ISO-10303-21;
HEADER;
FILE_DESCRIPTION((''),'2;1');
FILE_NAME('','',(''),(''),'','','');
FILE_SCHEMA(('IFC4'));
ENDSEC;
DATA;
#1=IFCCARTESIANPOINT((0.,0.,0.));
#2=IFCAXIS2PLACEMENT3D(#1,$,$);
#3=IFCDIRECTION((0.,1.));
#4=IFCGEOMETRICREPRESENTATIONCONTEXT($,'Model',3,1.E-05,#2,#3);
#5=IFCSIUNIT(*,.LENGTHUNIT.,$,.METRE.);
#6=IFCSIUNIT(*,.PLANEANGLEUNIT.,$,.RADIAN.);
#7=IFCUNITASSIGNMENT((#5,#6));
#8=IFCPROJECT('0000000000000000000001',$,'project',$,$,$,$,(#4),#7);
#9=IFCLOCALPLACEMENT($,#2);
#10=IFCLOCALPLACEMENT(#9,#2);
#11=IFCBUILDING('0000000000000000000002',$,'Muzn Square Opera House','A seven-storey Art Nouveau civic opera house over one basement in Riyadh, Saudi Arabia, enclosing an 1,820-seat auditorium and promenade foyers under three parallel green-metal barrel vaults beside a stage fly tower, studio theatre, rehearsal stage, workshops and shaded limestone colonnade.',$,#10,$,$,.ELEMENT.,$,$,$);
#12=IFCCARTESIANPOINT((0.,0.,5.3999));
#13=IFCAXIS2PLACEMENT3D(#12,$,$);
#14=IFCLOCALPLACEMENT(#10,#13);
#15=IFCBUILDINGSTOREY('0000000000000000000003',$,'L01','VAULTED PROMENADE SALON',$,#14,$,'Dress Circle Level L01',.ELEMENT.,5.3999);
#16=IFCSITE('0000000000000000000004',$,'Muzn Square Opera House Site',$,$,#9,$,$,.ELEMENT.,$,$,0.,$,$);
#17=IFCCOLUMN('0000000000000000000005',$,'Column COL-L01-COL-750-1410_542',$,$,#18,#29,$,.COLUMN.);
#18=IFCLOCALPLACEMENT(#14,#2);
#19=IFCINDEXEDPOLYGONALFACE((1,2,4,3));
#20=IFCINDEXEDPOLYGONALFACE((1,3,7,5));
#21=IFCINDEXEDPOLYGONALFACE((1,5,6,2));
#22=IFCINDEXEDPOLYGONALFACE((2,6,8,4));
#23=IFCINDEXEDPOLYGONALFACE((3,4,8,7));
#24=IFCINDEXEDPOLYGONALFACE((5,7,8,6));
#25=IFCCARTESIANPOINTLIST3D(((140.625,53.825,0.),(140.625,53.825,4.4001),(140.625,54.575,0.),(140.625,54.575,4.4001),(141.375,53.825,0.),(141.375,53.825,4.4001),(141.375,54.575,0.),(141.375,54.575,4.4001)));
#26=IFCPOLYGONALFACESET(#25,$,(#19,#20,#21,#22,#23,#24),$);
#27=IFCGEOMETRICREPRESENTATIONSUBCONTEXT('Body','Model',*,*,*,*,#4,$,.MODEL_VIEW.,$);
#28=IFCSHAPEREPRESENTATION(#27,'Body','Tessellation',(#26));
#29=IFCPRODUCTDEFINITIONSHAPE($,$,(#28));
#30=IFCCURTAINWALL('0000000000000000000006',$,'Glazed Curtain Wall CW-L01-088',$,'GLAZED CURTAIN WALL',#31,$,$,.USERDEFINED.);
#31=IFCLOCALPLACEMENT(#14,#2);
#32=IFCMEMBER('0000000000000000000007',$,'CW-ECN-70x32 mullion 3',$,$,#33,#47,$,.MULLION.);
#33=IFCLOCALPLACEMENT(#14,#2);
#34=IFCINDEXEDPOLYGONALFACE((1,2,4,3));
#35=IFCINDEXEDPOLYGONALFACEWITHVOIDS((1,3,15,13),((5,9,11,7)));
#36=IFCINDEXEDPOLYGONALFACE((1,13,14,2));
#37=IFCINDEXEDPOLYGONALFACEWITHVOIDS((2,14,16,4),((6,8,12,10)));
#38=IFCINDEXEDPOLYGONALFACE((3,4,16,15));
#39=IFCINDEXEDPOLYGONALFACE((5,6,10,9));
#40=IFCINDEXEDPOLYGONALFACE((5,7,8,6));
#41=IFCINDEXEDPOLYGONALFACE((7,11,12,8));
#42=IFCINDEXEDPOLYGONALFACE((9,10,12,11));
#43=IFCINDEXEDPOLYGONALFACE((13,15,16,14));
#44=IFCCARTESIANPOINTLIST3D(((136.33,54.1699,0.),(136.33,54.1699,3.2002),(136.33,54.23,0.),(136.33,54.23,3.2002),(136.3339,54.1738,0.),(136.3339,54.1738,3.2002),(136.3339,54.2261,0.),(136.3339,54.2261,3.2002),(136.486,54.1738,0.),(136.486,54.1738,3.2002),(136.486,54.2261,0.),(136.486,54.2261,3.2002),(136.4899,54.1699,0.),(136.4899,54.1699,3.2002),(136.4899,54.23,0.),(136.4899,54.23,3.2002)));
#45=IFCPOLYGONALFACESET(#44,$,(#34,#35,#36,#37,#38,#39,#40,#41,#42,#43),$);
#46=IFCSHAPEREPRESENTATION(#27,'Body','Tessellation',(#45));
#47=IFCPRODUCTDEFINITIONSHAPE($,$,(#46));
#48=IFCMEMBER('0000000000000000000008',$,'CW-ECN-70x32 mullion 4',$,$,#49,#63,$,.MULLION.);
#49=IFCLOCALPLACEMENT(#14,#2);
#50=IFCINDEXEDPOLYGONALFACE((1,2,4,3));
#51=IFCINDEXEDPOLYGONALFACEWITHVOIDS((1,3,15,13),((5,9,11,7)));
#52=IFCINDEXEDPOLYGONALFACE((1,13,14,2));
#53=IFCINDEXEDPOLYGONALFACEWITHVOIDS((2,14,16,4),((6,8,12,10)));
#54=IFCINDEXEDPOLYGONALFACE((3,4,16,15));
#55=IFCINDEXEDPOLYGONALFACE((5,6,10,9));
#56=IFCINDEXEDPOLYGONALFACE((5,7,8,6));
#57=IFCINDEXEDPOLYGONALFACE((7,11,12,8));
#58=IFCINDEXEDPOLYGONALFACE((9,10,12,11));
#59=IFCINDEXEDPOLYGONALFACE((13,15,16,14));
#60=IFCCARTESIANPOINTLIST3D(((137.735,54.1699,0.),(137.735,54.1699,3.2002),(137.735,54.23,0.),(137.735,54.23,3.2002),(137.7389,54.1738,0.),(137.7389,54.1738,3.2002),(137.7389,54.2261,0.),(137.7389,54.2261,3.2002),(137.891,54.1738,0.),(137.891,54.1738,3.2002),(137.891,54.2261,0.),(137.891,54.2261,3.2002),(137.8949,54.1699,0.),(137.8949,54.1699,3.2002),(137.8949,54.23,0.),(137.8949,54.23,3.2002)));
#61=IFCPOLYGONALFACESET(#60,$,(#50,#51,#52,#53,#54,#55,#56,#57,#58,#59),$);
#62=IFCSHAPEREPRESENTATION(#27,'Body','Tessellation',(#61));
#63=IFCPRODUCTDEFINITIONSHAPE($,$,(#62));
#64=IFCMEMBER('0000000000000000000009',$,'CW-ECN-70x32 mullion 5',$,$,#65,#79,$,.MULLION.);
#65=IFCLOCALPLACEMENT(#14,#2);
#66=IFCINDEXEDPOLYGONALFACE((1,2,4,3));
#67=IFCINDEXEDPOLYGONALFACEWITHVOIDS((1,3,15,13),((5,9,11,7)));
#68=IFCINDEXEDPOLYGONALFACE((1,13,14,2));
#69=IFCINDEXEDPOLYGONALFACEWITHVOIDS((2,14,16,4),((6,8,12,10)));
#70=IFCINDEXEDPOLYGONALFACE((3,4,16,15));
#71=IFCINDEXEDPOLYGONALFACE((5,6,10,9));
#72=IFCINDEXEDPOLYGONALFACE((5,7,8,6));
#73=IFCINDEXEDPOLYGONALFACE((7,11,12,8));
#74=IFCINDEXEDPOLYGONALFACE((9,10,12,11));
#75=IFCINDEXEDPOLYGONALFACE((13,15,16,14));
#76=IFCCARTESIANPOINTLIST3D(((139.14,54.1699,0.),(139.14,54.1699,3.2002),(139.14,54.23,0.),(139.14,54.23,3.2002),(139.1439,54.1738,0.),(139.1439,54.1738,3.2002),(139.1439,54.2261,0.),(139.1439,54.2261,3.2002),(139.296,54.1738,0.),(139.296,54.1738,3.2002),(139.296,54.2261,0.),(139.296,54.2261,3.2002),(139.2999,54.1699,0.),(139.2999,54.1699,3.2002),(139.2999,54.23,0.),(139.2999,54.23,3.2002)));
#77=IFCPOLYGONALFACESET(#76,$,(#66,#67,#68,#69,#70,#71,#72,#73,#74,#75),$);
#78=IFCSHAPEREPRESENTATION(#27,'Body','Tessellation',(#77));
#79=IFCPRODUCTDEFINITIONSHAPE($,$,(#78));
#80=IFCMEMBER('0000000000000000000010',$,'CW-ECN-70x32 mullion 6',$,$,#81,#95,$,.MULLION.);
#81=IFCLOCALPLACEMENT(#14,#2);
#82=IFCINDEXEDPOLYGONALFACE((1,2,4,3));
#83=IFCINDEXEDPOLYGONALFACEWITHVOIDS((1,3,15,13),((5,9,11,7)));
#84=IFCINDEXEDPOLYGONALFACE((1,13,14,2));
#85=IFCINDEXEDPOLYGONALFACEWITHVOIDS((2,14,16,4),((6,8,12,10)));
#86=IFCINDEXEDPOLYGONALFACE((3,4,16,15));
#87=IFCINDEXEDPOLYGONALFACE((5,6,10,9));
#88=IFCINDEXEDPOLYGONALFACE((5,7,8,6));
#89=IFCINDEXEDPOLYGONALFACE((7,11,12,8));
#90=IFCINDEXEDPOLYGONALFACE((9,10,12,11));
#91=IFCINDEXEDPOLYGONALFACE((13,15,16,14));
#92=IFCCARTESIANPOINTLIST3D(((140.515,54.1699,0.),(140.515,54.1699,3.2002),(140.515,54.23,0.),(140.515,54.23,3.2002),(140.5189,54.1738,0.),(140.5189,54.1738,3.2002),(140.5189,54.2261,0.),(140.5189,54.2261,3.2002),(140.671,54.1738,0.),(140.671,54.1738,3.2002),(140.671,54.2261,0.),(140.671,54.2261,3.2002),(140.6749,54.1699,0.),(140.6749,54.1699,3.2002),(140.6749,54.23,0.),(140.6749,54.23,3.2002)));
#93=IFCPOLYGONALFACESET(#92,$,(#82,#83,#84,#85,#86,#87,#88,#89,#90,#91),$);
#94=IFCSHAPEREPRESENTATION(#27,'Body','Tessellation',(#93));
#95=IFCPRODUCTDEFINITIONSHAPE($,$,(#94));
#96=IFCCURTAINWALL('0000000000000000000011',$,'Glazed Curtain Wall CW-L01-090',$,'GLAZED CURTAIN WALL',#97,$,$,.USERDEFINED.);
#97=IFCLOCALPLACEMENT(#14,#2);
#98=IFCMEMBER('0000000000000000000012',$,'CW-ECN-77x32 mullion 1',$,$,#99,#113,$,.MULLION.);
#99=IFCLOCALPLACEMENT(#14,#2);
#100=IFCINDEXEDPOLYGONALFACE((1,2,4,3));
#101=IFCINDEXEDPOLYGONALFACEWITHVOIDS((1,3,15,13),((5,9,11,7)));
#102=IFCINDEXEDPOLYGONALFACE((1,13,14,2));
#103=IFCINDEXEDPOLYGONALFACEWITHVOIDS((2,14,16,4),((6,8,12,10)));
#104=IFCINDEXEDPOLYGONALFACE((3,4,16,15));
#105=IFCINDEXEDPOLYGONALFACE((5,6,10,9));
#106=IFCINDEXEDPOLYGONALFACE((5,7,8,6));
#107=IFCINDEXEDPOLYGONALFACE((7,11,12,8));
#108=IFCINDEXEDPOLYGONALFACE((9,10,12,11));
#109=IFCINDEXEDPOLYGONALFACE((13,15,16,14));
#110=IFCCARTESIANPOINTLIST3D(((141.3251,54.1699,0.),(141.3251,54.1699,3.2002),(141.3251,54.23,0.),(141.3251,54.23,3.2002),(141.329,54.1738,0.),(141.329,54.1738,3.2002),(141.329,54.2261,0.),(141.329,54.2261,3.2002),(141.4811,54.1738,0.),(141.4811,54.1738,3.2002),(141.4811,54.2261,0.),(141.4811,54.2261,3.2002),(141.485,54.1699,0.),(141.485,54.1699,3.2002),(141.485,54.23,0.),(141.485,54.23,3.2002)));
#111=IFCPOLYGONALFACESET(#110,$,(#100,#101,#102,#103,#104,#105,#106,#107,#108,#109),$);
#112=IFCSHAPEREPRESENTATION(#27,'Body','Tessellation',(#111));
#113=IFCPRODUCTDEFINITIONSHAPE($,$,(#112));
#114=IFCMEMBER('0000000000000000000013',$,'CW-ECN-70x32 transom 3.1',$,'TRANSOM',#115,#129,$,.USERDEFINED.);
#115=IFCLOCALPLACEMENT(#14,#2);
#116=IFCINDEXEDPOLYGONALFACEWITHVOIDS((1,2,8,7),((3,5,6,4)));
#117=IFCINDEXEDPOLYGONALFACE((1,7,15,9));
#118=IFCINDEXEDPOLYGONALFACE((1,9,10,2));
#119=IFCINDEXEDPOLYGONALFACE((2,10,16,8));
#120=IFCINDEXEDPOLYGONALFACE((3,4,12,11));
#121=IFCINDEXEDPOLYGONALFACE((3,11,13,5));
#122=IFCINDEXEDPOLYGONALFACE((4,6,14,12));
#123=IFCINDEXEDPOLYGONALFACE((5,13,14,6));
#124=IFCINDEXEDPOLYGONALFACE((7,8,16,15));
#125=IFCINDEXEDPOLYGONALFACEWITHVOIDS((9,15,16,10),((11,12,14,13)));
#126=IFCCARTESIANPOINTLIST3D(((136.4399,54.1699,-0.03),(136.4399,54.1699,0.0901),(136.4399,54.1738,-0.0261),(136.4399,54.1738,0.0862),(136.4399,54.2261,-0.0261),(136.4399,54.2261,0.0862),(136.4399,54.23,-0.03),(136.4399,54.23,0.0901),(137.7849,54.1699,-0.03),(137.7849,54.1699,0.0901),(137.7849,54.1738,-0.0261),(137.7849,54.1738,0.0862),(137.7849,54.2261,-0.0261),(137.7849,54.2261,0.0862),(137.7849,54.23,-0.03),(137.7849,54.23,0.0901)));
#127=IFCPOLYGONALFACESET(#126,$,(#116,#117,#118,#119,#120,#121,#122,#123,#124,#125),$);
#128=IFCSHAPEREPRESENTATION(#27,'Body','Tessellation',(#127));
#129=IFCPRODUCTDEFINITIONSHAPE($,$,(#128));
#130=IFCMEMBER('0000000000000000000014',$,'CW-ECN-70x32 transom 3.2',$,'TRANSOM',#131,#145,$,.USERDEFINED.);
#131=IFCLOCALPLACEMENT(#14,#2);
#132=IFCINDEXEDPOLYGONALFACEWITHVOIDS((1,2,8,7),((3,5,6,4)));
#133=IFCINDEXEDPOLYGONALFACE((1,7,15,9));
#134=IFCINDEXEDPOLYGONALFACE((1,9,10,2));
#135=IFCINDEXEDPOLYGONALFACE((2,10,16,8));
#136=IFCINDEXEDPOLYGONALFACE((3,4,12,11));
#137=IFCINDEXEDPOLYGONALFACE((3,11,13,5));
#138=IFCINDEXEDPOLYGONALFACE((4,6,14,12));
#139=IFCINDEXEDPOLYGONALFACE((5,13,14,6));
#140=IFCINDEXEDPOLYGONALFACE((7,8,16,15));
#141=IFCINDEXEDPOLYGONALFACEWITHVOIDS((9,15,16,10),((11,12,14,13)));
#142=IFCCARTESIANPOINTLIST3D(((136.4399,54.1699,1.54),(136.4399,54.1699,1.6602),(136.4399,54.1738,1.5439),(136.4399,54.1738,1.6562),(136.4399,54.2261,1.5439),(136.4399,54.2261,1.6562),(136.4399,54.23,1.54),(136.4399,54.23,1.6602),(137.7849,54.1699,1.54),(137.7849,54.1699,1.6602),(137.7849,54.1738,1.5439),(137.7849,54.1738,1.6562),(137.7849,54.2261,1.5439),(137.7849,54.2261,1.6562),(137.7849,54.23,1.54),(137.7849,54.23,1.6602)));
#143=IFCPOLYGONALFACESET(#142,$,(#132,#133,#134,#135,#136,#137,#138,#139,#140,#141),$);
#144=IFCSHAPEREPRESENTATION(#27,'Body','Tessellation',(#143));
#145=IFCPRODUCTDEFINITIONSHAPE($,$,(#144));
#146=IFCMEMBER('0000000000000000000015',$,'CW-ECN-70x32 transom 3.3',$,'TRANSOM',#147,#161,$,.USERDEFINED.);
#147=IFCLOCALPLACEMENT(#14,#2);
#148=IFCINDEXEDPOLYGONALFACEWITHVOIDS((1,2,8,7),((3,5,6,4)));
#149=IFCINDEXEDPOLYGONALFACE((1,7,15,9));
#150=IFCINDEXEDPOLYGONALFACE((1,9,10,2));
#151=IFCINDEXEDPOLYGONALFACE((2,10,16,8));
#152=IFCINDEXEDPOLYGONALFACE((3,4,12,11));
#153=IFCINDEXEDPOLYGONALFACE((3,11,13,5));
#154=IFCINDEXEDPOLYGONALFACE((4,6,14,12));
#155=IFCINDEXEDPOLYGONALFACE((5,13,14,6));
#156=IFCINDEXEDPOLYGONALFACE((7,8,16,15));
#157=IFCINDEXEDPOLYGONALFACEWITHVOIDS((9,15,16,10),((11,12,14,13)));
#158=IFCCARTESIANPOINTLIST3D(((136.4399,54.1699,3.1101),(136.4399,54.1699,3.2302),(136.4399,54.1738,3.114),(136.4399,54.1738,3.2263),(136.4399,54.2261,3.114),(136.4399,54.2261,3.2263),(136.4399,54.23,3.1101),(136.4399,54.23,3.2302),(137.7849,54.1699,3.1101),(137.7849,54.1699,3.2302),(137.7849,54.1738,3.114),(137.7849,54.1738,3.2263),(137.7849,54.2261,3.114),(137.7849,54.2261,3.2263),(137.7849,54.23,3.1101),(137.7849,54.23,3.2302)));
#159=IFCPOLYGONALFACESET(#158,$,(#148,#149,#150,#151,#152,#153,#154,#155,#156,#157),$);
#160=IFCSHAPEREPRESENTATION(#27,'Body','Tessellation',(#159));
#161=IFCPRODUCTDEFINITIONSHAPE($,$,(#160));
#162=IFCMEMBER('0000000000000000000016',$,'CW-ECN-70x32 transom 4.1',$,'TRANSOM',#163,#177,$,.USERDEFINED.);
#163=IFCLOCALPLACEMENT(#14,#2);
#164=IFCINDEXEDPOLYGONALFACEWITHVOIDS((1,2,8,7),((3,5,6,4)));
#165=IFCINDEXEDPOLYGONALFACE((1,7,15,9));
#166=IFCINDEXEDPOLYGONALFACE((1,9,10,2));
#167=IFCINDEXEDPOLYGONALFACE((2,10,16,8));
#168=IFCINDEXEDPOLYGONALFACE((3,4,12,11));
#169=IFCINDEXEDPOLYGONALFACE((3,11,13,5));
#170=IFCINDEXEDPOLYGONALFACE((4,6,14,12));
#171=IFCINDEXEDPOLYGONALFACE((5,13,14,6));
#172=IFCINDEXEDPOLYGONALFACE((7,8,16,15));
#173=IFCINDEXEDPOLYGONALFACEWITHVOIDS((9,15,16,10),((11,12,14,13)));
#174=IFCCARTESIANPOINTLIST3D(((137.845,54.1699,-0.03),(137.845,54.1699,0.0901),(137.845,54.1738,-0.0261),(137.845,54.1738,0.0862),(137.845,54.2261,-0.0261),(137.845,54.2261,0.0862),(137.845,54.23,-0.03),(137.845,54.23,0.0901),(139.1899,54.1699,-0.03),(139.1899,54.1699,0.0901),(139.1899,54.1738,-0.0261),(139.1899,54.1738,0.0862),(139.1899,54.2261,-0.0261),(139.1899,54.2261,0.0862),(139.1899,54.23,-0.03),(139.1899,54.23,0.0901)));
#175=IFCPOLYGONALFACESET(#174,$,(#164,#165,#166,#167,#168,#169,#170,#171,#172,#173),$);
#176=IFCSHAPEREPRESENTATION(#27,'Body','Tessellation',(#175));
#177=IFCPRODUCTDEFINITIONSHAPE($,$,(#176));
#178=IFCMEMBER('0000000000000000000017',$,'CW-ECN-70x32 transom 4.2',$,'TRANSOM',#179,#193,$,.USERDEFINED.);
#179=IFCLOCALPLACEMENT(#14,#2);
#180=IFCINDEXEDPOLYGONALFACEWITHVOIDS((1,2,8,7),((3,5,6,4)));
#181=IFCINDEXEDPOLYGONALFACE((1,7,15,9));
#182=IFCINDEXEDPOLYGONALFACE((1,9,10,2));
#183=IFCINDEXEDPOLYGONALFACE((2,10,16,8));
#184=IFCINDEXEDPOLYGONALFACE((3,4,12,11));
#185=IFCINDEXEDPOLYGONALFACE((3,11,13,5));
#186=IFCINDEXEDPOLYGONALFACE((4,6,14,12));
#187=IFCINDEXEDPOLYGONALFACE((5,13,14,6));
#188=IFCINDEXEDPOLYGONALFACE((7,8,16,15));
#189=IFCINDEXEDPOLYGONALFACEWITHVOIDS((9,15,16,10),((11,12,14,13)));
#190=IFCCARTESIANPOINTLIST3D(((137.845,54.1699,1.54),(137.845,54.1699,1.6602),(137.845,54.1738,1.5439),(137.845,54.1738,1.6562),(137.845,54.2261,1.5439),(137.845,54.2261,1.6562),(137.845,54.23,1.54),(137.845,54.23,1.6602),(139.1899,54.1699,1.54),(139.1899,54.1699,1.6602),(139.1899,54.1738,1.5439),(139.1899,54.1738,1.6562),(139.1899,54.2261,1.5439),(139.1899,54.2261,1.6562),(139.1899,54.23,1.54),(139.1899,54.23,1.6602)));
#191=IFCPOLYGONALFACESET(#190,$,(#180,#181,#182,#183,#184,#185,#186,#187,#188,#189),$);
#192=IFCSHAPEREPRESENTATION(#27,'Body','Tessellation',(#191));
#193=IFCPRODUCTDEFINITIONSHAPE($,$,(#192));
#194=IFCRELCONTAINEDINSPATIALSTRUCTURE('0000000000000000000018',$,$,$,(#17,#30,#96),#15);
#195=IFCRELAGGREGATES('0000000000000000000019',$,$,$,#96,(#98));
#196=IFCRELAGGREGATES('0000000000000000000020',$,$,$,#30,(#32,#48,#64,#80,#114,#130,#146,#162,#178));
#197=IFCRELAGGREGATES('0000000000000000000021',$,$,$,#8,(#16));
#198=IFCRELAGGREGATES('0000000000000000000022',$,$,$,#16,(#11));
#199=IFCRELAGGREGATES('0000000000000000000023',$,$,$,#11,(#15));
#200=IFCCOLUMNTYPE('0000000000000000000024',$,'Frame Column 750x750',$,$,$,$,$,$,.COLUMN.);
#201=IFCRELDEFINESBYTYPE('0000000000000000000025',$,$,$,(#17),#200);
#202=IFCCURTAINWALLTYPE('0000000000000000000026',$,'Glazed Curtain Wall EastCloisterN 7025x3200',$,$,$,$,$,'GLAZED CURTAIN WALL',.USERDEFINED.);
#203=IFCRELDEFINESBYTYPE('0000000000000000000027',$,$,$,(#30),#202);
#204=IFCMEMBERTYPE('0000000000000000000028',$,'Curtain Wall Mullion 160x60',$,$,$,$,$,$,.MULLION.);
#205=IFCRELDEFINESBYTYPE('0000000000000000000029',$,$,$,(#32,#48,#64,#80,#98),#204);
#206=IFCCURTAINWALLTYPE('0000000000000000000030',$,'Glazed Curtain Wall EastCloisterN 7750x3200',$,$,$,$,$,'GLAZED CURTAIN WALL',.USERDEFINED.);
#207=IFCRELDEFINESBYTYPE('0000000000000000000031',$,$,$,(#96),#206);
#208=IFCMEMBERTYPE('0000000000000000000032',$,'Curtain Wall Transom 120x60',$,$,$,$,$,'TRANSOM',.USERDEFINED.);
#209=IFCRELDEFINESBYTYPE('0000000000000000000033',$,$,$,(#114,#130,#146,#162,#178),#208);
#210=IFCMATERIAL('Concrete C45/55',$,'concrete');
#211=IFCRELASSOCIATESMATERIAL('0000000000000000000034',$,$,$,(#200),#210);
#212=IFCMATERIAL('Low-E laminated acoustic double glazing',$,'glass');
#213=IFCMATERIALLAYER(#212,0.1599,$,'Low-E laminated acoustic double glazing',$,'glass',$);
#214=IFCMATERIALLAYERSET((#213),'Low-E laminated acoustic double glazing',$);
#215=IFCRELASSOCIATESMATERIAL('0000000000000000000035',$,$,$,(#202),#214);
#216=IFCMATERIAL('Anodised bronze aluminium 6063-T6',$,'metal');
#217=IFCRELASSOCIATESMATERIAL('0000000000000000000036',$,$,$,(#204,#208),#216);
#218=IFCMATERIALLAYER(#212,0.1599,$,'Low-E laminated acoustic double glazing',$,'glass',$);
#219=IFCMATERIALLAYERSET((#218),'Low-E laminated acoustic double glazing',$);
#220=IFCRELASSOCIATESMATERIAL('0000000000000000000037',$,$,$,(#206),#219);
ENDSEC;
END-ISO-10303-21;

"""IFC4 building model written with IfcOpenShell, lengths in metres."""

from ifc_helpers import new_model, si_unit, direction, frame, origin, origin_2d, place, context, subcontext, project, spatial, rectangle, hollow_rectangle, extrude, material, layer, layer_set, material_profile, profile_set, type_object, element, aggregate, save


model = new_model("IFC4")

# Units and contexts
model_context = context("Model", 3, precision=1e-05, world=origin(), true_north=direction((0.0, 1.0)))
body_context = subcontext(model_context, "Body", "Model", "MODEL_VIEW")
ifc_project = project(units=[si_unit("LENGTHUNIT", "METRE"), si_unit("PLANEANGLEUNIT", "RADIAN")], contexts=[model_context])

# Site, building, storey
site_placement = place(None, origin())
site = spatial("IfcSite", under=ifc_project, at=site_placement, Name="Muzn Square Opera House Site", CompositionType="ELEMENT", RefElevation=0.0)
building_placement = place(site_placement, origin())
building = spatial("IfcBuilding", under=site, at=building_placement, Name="Muzn Square Opera House", Description="A seven-storey Art Nouveau civic opera house over one basement in Riyadh, Saudi Arabia, enclosing an 1,820-seat auditorium and promenade foyers under three parallel green-metal barrel vaults beside a stage fly tower, studio theatre, rehearsal stage, workshops and shaded limestone colonnade.", CompositionType="ELEMENT")
storey_placement = place(building_placement, frame((0.0, 0.0, 5.3999)))
storey = spatial("IfcBuildingStorey", under=building, at=storey_placement, Name="L01", Description="VAULTED PROMENADE SALON", LongName="Dress Circle Level L01", CompositionType="ELEMENT", Elevation=5.3999)

# Column
ifc_material_1 = material(Name="Concrete C45/55", Category="concrete")
ifc_material_profile_1 = material_profile(ifc_material_1, rectangle(XDim=0.75, YDim=0.75, at=origin_2d()), Name="RC 750x750", Category="concrete")
ifc_profile_set_1 = profile_set([ifc_material_profile_1], Name="Concrete C45/55")
column_type = type_object("IfcColumnType", Name="Frame Column 750x750", PredefinedType="COLUMN", material=ifc_profile_set_1)
column_placement = place(storey_placement, frame((141.0, 54.2, 0.0), z_axis=(0.0, 0.0, 1.0), x_axis=(1.0, 0.0, 0.0)))
element("IfcColumn", 1, at=column_placement, inside=storey, type_object=column_type, Name="Column COL-L01-COL-750-1410_542", PredefinedType="COLUMN", context=body_context, shape_type="SweptSolid", body=[
    extrude(rectangle(XDim=0.75, YDim=0.75, at=origin_2d()), origin(), (0.0, 0.0, 1.0), 4.4001),
])

# Curtain wall, members
ifc_material_2 = material(Name="Low-E laminated acoustic double glazing", Category="glass")
ifc_layer_1 = layer(ifc_material_2, 0.1599, Name="Low-E laminated acoustic double glazing", Category="glass")
ifc_layer_set_1 = layer_set([ifc_layer_1], Name="Low-E laminated acoustic double glazing")
curtain_wall_type_1 = type_object("IfcCurtainWallType", Name="Glazed Curtain Wall EastCloisterN 7025x3200", ElementType="GLAZED CURTAIN WALL", PredefinedType="USERDEFINED", material=ifc_layer_set_1)
curtain_wall_1_placement = place(storey_placement, origin())
curtain_wall_1 = element("IfcCurtainWall", 2, at=curtain_wall_1_placement, inside=storey, type_object=curtain_wall_type_1, Name="Glazed Curtain Wall CW-L01-088", ObjectType="GLAZED CURTAIN WALL", PredefinedType="USERDEFINED")
ifc_material_3 = material(Name="Anodised bronze aluminium 6063-T6", Category="metal")
ifc_material_profile_2 = material_profile(ifc_material_3, hollow_rectangle(XDim=0.0601, YDim=0.1599, WallThickness=0.0039, at=origin_2d()), Name="ALU 160x60x4", Category="metal")
ifc_profile_set_2 = profile_set([ifc_material_profile_2], Name="Anodised bronze aluminium 6063-T6")
member_type_1 = type_object("IfcMemberType", Name="Curtain Wall Mullion 160x60", PredefinedType="MULLION", material=ifc_profile_set_2)
member_1_placement = place(storey_placement, frame((136.4099, 54.2, 0.0), z_axis=(0.0, 0.0, 1.0), x_axis=(0.0, 1.0, 0.0)))
member_1 = element("IfcMember", 3, at=member_1_placement, type_object=member_type_1, Name="CW-ECN-70x32 mullion 3", PredefinedType="MULLION", context=body_context, shape_type="SweptSolid", body=[
    extrude(hollow_rectangle(XDim=0.0601, YDim=0.1599, WallThickness=0.0039, at=origin_2d()), origin(), (0.0, 0.0, 1.0), 3.2002),
])
member_2_placement = place(storey_placement, frame((137.8149, 54.2, 0.0), z_axis=(0.0, 0.0, 1.0), x_axis=(0.0, 1.0, 0.0)))
member_2 = element("IfcMember", 4, at=member_2_placement, type_object=member_type_1, Name="CW-ECN-70x32 mullion 4", PredefinedType="MULLION", context=body_context, shape_type="SweptSolid", body=[
    extrude(hollow_rectangle(XDim=0.0601, YDim=0.1599, WallThickness=0.0039, at=origin_2d()), origin(), (0.0, 0.0, 1.0), 3.2002),
])
member_3_placement = place(storey_placement, frame((139.22, 54.2, 0.0), z_axis=(0.0, 0.0, 1.0), x_axis=(0.0, 1.0, 0.0)))
member_3 = element("IfcMember", 5, at=member_3_placement, type_object=member_type_1, Name="CW-ECN-70x32 mullion 5", PredefinedType="MULLION", context=body_context, shape_type="SweptSolid", body=[
    extrude(hollow_rectangle(XDim=0.0601, YDim=0.1599, WallThickness=0.0039, at=origin_2d()), origin(), (0.0, 0.0, 1.0), 3.2002),
])
member_4_placement = place(storey_placement, frame((140.595, 54.2, 0.0), z_axis=(0.0, 0.0, 1.0), x_axis=(0.0, 1.0, 0.0)))
member_4 = element("IfcMember", 6, at=member_4_placement, type_object=member_type_1, Name="CW-ECN-70x32 mullion 6", PredefinedType="MULLION", context=body_context, shape_type="SweptSolid", body=[
    extrude(hollow_rectangle(XDim=0.0601, YDim=0.1599, WallThickness=0.0039, at=origin_2d()), origin(), (0.0, 0.0, 1.0), 3.2002),
])

# Curtain wall, member
ifc_layer_2 = layer(ifc_material_2, 0.1599, Name="Low-E laminated acoustic double glazing", Category="glass")
ifc_layer_set_2 = layer_set([ifc_layer_2], Name="Low-E laminated acoustic double glazing")
curtain_wall_type_2 = type_object("IfcCurtainWallType", Name="Glazed Curtain Wall EastCloisterN 7750x3200", ElementType="GLAZED CURTAIN WALL", PredefinedType="USERDEFINED", material=ifc_layer_set_2)
curtain_wall_2_placement = place(storey_placement, origin())
curtain_wall_2 = element("IfcCurtainWall", 7, at=curtain_wall_2_placement, inside=storey, type_object=curtain_wall_type_2, Name="Glazed Curtain Wall CW-L01-090", ObjectType="GLAZED CURTAIN WALL", PredefinedType="USERDEFINED")
member_5_placement = place(storey_placement, frame((141.405, 54.2, 0.0), z_axis=(0.0, 0.0, 1.0), x_axis=(0.0, 1.0, 0.0)))
member_5 = element("IfcMember", 8, at=member_5_placement, type_object=member_type_1, Name="CW-ECN-77x32 mullion 1", PredefinedType="MULLION", context=body_context, shape_type="SweptSolid", body=[
    extrude(hollow_rectangle(XDim=0.0601, YDim=0.1599, WallThickness=0.0039, at=origin_2d()), origin(), (0.0, 0.0, 1.0), 3.2002),
])
aggregate(curtain_wall_2, [member_5])

# Members
ifc_material_profile_3 = material_profile(ifc_material_3, hollow_rectangle(XDim=0.0601, YDim=0.1201, WallThickness=0.0039, at=origin_2d()), Name="ALU 120x60x4", Category="metal")
ifc_profile_set_3 = profile_set([ifc_material_profile_3], Name="Anodised bronze aluminium 6063-T6")
member_type_2 = type_object("IfcMemberType", Name="Curtain Wall Transom 120x60", ElementType="TRANSOM", PredefinedType="USERDEFINED", material=ifc_profile_set_3)
member_6_placement = place(storey_placement, frame((136.4399, 54.2, 0.03), z_axis=(1.0, 0.0, 0.0), x_axis=(0.0, 1.0, 0.0)))
member_6 = element("IfcMember", 9, at=member_6_placement, type_object=member_type_2, Name="CW-ECN-70x32 transom 3.1", ObjectType="TRANSOM", PredefinedType="USERDEFINED", context=body_context, shape_type="SweptSolid", body=[
    extrude(hollow_rectangle(XDim=0.0601, YDim=0.1201, WallThickness=0.0039, at=origin_2d()), origin(), (0.0, 0.0, 1.0), 1.345),
])
member_7_placement = place(storey_placement, frame((136.4399, 54.2, 1.6001), z_axis=(1.0, 0.0, 0.0), x_axis=(0.0, 1.0, 0.0)))
member_7 = element("IfcMember", 10, at=member_7_placement, type_object=member_type_2, Name="CW-ECN-70x32 transom 3.2", ObjectType="TRANSOM", PredefinedType="USERDEFINED", context=body_context, shape_type="SweptSolid", body=[
    extrude(hollow_rectangle(XDim=0.0601, YDim=0.1201, WallThickness=0.0039, at=origin_2d()), origin(), (0.0, 0.0, 1.0), 1.345),
])
member_8_placement = place(storey_placement, frame((136.4399, 54.2, 3.1702), z_axis=(1.0, 0.0, 0.0), x_axis=(0.0, 1.0, 0.0)))
member_8 = element("IfcMember", 11, at=member_8_placement, type_object=member_type_2, Name="CW-ECN-70x32 transom 3.3", ObjectType="TRANSOM", PredefinedType="USERDEFINED", context=body_context, shape_type="SweptSolid", body=[
    extrude(hollow_rectangle(XDim=0.0601, YDim=0.1201, WallThickness=0.0039, at=origin_2d()), origin(), (0.0, 0.0, 1.0), 1.345),
])
member_9_placement = place(storey_placement, frame((137.845, 54.2, 0.03), z_axis=(1.0, 0.0, 0.0), x_axis=(0.0, 1.0, 0.0)))
member_9 = element("IfcMember", 12, at=member_9_placement, type_object=member_type_2, Name="CW-ECN-70x32 transom 4.1", ObjectType="TRANSOM", PredefinedType="USERDEFINED", context=body_context, shape_type="SweptSolid", body=[
    extrude(hollow_rectangle(XDim=0.0601, YDim=0.1201, WallThickness=0.0039, at=origin_2d()), origin(), (0.0, 0.0, 1.0), 1.345),
])
member_10_placement = place(storey_placement, frame((137.845, 54.2, 1.6001), z_axis=(1.0, 0.0, 0.0), x_axis=(0.0, 1.0, 0.0)))
member_10 = element("IfcMember", 13, at=member_10_placement, type_object=member_type_2, Name="CW-ECN-70x32 transom 4.2", ObjectType="TRANSOM", PredefinedType="USERDEFINED", context=body_context, shape_type="SweptSolid", body=[
    extrude(hollow_rectangle(XDim=0.0601, YDim=0.1201, WallThickness=0.0039, at=origin_2d()), origin(), (0.0, 0.0, 1.0), 1.345),
])

aggregate(curtain_wall_1, [member_1, member_2, member_3, member_4, member_6, member_7, member_8, member_9, member_10])

save(model, "model.ifc")
